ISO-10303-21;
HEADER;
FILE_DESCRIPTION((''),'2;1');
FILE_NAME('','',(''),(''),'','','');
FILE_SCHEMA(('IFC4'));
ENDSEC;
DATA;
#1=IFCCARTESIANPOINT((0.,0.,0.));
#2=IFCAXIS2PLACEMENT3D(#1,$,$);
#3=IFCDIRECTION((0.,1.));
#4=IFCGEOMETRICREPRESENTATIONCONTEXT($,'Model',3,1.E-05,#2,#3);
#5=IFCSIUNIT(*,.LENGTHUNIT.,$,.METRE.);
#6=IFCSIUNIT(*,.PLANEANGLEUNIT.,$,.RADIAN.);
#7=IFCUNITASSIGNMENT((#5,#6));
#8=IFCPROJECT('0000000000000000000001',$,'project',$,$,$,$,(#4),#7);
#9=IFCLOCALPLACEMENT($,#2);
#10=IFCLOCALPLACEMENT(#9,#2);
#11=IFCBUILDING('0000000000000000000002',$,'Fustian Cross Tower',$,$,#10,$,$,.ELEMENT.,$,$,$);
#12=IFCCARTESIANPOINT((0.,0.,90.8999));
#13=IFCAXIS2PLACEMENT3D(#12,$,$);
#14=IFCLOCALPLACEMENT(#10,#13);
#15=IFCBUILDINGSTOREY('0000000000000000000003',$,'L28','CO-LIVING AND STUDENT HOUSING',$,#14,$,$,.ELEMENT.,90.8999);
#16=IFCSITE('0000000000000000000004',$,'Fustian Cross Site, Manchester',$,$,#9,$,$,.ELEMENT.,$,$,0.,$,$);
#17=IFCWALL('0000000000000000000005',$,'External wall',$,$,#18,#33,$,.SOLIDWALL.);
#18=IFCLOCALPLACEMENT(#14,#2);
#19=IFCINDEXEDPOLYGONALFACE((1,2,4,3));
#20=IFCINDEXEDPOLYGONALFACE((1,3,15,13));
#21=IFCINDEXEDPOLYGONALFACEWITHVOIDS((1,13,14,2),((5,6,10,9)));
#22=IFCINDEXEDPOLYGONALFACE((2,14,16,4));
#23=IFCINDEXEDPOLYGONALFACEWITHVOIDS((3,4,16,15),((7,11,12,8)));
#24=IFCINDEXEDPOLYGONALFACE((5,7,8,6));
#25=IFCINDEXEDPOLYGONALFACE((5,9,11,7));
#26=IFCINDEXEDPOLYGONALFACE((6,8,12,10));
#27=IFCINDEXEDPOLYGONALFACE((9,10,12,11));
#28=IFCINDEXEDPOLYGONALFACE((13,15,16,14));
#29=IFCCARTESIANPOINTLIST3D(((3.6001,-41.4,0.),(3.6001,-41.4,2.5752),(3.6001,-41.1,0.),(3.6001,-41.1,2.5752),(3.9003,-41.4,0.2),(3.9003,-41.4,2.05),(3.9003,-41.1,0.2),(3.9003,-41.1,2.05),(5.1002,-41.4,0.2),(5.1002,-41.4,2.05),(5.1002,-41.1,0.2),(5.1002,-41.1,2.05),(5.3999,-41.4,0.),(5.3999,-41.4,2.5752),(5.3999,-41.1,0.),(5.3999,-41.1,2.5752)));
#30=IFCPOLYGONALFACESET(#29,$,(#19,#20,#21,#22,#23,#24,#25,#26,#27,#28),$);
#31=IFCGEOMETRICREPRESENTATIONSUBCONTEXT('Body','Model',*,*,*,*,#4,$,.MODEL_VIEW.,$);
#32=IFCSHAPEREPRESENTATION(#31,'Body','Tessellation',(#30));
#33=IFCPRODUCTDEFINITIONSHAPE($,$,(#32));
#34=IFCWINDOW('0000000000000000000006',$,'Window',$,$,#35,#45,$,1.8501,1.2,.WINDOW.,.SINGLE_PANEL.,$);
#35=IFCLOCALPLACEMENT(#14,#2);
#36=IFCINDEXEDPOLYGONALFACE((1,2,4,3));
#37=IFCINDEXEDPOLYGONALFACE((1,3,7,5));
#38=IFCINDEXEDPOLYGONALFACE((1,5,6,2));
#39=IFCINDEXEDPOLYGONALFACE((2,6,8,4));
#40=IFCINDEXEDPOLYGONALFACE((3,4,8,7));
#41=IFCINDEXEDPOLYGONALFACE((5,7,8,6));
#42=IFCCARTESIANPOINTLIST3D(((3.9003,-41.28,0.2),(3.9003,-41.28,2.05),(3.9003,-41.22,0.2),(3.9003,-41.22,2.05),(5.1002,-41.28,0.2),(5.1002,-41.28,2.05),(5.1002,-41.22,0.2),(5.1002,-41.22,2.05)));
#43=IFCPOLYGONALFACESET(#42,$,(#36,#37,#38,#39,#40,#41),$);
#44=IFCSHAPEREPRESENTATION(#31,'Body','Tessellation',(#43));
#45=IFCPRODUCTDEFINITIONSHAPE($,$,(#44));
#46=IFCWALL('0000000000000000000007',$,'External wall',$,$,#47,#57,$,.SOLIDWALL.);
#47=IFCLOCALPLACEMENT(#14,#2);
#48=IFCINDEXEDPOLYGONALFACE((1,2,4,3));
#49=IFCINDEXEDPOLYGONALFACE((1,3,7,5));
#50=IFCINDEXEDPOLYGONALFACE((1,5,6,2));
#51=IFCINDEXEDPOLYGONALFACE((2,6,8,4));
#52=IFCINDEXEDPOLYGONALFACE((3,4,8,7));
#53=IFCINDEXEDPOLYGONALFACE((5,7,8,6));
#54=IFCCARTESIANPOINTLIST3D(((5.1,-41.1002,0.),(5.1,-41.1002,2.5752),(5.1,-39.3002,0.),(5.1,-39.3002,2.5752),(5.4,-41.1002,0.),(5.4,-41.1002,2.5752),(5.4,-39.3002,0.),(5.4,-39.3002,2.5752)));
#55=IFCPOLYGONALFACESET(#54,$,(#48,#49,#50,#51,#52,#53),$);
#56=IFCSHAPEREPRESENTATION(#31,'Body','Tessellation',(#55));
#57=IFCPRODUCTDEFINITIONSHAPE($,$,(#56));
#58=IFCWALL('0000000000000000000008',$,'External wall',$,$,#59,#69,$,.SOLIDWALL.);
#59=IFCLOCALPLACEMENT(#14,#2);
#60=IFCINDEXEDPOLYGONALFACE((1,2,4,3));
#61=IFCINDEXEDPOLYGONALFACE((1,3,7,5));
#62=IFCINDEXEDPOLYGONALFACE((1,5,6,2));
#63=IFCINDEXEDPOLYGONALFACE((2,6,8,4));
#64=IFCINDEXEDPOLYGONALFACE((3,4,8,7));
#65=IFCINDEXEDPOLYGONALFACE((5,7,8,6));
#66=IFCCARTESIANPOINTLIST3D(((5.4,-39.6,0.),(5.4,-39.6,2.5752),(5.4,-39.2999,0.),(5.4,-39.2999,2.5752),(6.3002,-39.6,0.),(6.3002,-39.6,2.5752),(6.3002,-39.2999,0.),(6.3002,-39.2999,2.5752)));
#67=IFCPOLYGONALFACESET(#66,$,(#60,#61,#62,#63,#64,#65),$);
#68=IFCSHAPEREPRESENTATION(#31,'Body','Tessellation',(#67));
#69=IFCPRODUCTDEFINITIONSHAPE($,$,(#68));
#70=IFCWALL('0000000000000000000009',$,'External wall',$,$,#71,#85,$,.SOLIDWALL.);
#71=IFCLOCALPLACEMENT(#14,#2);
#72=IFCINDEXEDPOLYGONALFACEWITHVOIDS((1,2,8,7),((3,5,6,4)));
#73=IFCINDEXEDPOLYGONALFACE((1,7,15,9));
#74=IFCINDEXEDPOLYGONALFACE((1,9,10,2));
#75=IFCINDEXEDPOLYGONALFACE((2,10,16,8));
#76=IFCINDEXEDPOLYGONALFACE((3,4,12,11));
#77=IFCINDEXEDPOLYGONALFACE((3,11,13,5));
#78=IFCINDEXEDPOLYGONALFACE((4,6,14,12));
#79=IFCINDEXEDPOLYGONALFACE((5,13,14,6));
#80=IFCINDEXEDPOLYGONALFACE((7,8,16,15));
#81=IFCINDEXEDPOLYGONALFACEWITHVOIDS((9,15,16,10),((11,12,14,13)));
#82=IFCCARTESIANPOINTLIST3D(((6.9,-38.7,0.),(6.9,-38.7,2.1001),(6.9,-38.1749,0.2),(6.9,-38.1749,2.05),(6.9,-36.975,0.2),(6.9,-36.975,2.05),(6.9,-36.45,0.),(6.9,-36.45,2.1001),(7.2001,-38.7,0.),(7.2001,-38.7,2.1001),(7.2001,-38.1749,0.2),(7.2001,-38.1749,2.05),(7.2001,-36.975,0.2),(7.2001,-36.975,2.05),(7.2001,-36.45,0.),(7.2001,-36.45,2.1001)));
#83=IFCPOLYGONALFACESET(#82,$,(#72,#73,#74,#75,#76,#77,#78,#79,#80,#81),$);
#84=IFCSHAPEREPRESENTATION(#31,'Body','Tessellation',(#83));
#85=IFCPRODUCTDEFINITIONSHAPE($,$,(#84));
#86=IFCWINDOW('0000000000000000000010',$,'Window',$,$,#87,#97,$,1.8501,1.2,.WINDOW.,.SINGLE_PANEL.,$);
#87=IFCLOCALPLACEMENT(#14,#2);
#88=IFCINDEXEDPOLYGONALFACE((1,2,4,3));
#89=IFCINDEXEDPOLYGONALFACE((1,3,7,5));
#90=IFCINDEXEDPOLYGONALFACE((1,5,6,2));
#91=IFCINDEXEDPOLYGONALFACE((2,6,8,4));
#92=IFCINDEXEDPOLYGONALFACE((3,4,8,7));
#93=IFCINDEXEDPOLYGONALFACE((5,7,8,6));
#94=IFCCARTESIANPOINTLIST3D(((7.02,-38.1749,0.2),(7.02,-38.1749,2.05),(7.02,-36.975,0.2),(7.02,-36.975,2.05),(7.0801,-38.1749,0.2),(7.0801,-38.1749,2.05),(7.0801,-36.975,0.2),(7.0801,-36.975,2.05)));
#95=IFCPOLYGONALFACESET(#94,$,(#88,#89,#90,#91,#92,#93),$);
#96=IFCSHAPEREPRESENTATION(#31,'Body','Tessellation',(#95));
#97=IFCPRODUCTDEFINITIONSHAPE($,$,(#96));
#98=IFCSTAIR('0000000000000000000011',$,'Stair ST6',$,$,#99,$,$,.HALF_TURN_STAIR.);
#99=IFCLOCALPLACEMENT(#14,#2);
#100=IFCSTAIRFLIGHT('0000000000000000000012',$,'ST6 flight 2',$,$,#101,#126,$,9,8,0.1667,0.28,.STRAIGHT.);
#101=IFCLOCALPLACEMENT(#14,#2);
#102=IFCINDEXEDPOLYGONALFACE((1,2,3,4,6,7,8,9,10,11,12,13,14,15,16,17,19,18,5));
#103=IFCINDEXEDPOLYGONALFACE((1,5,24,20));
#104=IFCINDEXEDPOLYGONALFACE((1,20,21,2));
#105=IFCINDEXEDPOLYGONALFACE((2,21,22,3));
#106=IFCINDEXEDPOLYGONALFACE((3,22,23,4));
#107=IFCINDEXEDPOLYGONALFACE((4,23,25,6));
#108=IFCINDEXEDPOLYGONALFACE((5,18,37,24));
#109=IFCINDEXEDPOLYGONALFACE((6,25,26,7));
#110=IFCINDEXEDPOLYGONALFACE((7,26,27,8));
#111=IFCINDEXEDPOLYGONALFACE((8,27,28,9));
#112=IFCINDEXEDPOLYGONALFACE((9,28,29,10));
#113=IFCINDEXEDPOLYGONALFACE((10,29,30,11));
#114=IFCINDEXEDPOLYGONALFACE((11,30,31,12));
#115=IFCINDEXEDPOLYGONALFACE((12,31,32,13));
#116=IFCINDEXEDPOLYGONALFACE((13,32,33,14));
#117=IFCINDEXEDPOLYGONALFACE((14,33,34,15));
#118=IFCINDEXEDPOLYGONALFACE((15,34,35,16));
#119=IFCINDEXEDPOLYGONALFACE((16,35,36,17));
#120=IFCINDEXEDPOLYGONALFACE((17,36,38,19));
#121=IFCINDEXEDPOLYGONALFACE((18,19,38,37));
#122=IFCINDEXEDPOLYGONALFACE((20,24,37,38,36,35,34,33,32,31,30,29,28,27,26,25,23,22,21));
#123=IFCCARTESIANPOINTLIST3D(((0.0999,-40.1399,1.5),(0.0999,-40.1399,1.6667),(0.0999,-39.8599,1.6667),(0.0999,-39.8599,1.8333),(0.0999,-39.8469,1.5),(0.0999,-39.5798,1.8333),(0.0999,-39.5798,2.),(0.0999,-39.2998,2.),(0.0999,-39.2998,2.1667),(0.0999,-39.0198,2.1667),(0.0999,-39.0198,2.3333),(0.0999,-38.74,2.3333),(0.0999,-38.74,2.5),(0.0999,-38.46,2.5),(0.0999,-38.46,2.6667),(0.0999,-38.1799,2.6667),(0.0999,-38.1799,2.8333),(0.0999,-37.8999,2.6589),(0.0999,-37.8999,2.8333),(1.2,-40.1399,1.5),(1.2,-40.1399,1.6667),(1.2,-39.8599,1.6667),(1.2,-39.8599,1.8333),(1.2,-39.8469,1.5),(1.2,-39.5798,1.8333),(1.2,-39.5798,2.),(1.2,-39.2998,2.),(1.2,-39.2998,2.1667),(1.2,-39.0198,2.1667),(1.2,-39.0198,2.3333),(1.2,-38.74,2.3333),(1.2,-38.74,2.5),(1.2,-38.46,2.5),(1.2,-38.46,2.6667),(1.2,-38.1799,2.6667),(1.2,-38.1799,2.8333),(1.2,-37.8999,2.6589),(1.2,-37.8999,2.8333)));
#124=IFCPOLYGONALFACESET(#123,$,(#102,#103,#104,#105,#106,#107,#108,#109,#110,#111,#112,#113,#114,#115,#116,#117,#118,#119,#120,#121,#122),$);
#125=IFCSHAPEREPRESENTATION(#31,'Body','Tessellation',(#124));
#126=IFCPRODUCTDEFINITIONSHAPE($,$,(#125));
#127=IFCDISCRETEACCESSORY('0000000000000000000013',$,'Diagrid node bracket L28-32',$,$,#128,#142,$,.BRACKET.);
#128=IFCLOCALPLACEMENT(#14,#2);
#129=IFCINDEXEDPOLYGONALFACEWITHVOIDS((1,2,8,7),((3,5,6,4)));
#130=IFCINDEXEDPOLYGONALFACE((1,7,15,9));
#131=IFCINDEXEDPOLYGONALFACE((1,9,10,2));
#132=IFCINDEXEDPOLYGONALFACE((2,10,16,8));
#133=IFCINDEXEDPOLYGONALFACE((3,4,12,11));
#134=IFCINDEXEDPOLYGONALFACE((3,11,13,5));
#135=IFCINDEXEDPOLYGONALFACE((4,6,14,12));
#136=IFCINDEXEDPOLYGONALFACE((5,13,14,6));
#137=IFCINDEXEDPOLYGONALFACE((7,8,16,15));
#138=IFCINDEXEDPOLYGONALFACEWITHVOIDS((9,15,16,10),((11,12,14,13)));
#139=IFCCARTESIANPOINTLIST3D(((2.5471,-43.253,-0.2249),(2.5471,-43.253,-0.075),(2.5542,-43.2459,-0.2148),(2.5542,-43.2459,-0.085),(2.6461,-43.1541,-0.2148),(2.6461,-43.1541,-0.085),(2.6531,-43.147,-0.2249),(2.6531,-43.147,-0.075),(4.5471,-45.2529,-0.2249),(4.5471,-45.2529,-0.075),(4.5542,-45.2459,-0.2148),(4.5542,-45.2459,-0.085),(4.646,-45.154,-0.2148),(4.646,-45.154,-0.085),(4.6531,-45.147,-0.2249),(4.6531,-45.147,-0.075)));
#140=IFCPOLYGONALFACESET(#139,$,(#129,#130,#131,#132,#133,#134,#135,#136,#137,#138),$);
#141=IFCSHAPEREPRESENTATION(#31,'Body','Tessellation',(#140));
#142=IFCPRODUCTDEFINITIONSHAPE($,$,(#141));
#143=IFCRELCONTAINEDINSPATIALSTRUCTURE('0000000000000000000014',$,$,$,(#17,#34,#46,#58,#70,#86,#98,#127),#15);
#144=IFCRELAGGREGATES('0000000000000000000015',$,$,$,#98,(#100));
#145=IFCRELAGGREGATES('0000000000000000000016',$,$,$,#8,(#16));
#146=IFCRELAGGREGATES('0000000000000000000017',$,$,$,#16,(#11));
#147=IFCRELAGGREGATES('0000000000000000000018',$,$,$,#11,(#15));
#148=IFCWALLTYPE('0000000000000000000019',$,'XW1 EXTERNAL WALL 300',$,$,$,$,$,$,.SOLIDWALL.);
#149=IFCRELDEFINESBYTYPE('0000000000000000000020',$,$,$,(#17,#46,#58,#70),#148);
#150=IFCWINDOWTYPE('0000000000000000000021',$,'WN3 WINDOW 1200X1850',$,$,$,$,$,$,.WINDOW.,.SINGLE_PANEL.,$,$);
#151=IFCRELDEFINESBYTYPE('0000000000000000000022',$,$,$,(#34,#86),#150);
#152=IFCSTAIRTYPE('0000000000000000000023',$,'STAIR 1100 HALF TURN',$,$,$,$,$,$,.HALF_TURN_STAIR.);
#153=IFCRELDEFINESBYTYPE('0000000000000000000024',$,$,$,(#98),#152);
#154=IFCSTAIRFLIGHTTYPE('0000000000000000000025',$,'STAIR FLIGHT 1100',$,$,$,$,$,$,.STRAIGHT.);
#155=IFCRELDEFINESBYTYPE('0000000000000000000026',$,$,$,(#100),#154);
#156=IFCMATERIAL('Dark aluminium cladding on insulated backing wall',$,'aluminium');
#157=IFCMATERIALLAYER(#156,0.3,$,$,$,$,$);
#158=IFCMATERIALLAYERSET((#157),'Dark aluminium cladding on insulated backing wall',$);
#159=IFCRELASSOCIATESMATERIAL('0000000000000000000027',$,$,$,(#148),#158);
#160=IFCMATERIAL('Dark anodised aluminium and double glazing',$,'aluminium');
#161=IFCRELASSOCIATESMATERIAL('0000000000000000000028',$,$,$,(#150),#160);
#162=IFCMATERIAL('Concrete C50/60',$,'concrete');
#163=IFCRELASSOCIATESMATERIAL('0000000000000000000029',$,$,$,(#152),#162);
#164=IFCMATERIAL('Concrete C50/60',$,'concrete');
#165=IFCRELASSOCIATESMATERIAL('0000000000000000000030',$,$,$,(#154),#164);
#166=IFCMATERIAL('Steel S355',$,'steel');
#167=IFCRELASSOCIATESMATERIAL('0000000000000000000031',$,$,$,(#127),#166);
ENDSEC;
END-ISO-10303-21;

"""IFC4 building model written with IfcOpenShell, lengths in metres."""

from ifc_helpers import new_model, si_unit, direction, frame, frame_2d, origin, origin_2d, place, context, subcontext, project, spatial, polyline, rectangle, hollow_rectangle, outline, extrude, material, layer, layer_set, type_object, element, fill, aggregate, save


model = new_model("IFC4")

# Units and contexts
model_context = context("Model", 3, precision=1e-05, world=origin(), true_north=direction((0.0, 1.0)))
body_context = subcontext(model_context, "Body", "Model", "MODEL_VIEW")
ifc_project = project(units=[si_unit("LENGTHUNIT", "METRE"), si_unit("PLANEANGLEUNIT", "RADIAN")], contexts=[model_context])

# Site, building, storey
site_placement = place(None, origin())
site = spatial("IfcSite", under=ifc_project, at=site_placement, Name="Fustian Cross Site, Manchester", CompositionType="ELEMENT", RefElevation=0.0)
building_placement = place(site_placement, origin())
building = spatial("IfcBuilding", under=site, at=building_placement, Name="Fustian Cross Tower", CompositionType="ELEMENT")
storey_placement = place(building_placement, frame((0.0, 0.0, 90.8999)))
storey = spatial("IfcBuildingStorey", under=building, at=storey_placement, Name="L28", Description="CO-LIVING AND STUDENT HOUSING", CompositionType="ELEMENT", Elevation=90.8999)

# Shared definitions
ifc_material_1 = material(Name="Dark aluminium cladding on insulated backing wall", Category="aluminium")
ifc_layer_1 = layer(ifc_material_1, 0.3)
ifc_layer_set_1 = layer_set([ifc_layer_1], Name="Dark aluminium cladding on insulated backing wall")
wall_type_1 = type_object("IfcWallType", Name="XW1 EXTERNAL WALL 300", PredefinedType="SOLIDWALL", material=ifc_layer_set_1)

# Wall, opening, window
wall_1_placement = place(storey_placement, frame((3.6001, -41.25, 0.0), z_axis=(0.0, 0.0, 1.0), x_axis=(1.0, 0.0, 0.0)))
wall_1 = element("IfcWall", 1, at=wall_1_placement, inside=storey, type_object=wall_type_1, Name="External wall", PredefinedType="SOLIDWALL", context=body_context, shape_type="SweptSolid", body=[
    extrude(rectangle(XDim=1.7998, YDim=0.3, at=frame_2d((0.8999, 0.0))), origin(), (0.0, 0.0, 1.0), 2.5752),
])
opening_1_placement = place(wall_1_placement, frame((0.3, 0.0, 0.2)))
opening_1 = element("IfcOpeningElement", 2, at=opening_1_placement, cuts=wall_1, PredefinedType="OPENING", context=body_context, shape_type="SweptSolid", body=[
    extrude(rectangle(XDim=1.2, YDim=1.8501, at=frame_2d((0.6001, 0.925))), frame((0.0, 0.1599, 0.0), z_axis=(0.0, -1.0, 0.0), x_axis=(1.0, 0.0, 0.0)), (0.0, 0.0, 1.0), 0.3201),
])
ifc_material_2 = material(Name="Dark anodised aluminium and double glazing", Category="aluminium")
window_type = type_object("IfcWindowType", Name="WN3 WINDOW 1200X1850", PartitioningType="SINGLE_PANEL", PredefinedType="WINDOW", material=ifc_material_2)
window_1_placement = place(opening_1_placement, origin())
window_1 = element("IfcWindow", 3, at=window_1_placement, inside=storey, type_object=window_type, Name="Window", OverallHeight=1.8501, OverallWidth=1.2, PartitioningType="SINGLE_PANEL", PredefinedType="WINDOW", context=body_context, shape_type="SweptSolid", body=[
    extrude(rectangle(XDim=1.2, YDim=1.8501, at=frame_2d((0.6001, 0.925))), frame((0.0, 0.03, 0.0), z_axis=(0.0, -1.0, 0.0), x_axis=(1.0, 0.0, 0.0)), (0.0, 0.0, 1.0), 0.0601),
])
fill(opening_1, window_1)

# Walls
wall_2_placement = place(storey_placement, frame((5.25, -41.1001, 0.0), z_axis=(0.0, 0.0, 1.0), x_axis=(0.0, 1.0, 0.0)))
element("IfcWall", 4, at=wall_2_placement, inside=storey, type_object=wall_type_1, Name="External wall", PredefinedType="SOLIDWALL", context=body_context, shape_type="SweptSolid", body=[
    extrude(rectangle(XDim=1.8, YDim=0.3, at=frame_2d((0.8999, 0.0))), origin(), (0.0, 0.0, 1.0), 2.5752),
])
wall_3_placement = place(storey_placement, frame((5.3999, -39.45, 0.0), z_axis=(0.0, 0.0, 1.0), x_axis=(1.0, 0.0, 0.0)))
element("IfcWall", 5, at=wall_3_placement, inside=storey, type_object=wall_type_1, Name="External wall", PredefinedType="SOLIDWALL", context=body_context, shape_type="SweptSolid", body=[
    extrude(rectangle(XDim=0.9001, YDim=0.3, at=frame_2d((0.4502, 0.0))), origin(), (0.0, 0.0, 1.0), 2.5752),
])

# Wall, opening, window
wall_4_placement = place(storey_placement, frame((7.05, -38.7, 0.0), z_axis=(0.0, 0.0, 1.0), x_axis=(0.0, 1.0, 0.0)))
wall_4 = element("IfcWall", 6, at=wall_4_placement, inside=storey, type_object=wall_type_1, Name="External wall", PredefinedType="SOLIDWALL", context=body_context, shape_type="SweptSolid", body=[
    extrude(rectangle(XDim=2.25, YDim=0.3, at=frame_2d((1.125, 0.0))), origin(), (0.0, 0.0, 1.0), 2.1001),
])
opening_2_placement = place(wall_4_placement, frame((0.5249, 0.0, 0.2)))
opening_2 = element("IfcOpeningElement", 7, at=opening_2_placement, cuts=wall_4, PredefinedType="OPENING", context=body_context, shape_type="SweptSolid", body=[
    extrude(rectangle(XDim=1.2, YDim=1.8501, at=frame_2d((0.6001, 0.925))), frame((0.0, 0.1599, 0.0), z_axis=(0.0, -1.0, 0.0), x_axis=(1.0, 0.0, 0.0)), (0.0, 0.0, 1.0), 0.3201),
])
window_2_placement = place(opening_2_placement, origin())
window_2 = element("IfcWindow", 8, at=window_2_placement, inside=storey, type_object=window_type, Name="Window", OverallHeight=1.8501, OverallWidth=1.2, PartitioningType="SINGLE_PANEL", PredefinedType="WINDOW", context=body_context, shape_type="SweptSolid", body=[
    extrude(rectangle(XDim=1.2, YDim=1.8501, at=frame_2d((0.6001, 0.925))), frame((0.0, 0.03, 0.0), z_axis=(0.0, -1.0, 0.0), x_axis=(1.0, 0.0, 0.0)), (0.0, 0.0, 1.0), 0.0601),
])
fill(opening_2, window_2)

# Stair, stair flight
ifc_material_3 = material(Name="Concrete C50/60", Category="concrete")
stair_type = type_object("IfcStairType", Name="STAIR 1100 HALF TURN", PredefinedType="HALF_TURN_STAIR", material=ifc_material_3)
stair_placement = place(storey_placement, origin())
stair = element("IfcStair", 9, at=stair_placement, inside=storey, type_object=stair_type, Name="Stair ST6", PredefinedType="HALF_TURN_STAIR")
ifc_material_4 = material(Name="Concrete C50/60", Category="concrete")
stair_flight_type = type_object("IfcStairFlightType", Name="STAIR FLIGHT 1100", PredefinedType="STRAIGHT", material=ifc_material_4)
stair_flight_placement = place(storey_placement, frame((0.6499, -40.1399, 1.5), z_axis=(0.0, 0.0, 1.0), x_axis=(0.0, 1.0, 0.0)))
stair_flight = element("IfcStairFlight", 10, at=stair_flight_placement, type_object=stair_flight_type, Name="ST6 flight 2", NumberOfRisers=9, NumberOfTreads=8, PredefinedType="STRAIGHT", RiserHeight=0.1667, TreadLength=0.28, context=body_context, shape_type="SweptSolid", body=[
    extrude(outline(polyline([(0.0, 0.0), (0.0, 0.1667), (0.28, 0.1667), (0.28, 0.3333), (0.5601, 0.3333), (0.5601, 0.5), (0.8401, 0.5), (0.8401, 0.6667), (1.1201, 0.6667), (1.1201, 0.8333), (1.3999, 0.8333), (1.3999, 1.0), (1.6799, 1.0), (1.6799, 1.1667), (1.96, 1.1667), (1.96, 1.3333), (2.24, 1.3333), (2.24, 1.5), (2.24, 1.1589), (0.293, 0.0), (0.0, 0.0)])), frame((0.0, 0.55, 0.0), z_axis=(0.0, -1.0, 0.0), x_axis=(1.0, 0.0, 0.0)), (0.0, 0.0, 1.0), 1.1001),
])
aggregate(stair, [stair_flight])

# Discrete accessory
ifc_material_5 = material(Name="Steel S355", Category="steel")
discrete_accessory_placement = place(storey_placement, frame((4.6001, -45.2, -0.1499), z_axis=(-0.707107, 0.707107, 0.0), x_axis=(-0.707107, -0.707107, 0.0)))
element("IfcDiscreteAccessory", 11, at=discrete_accessory_placement, inside=storey, material=ifc_material_5, Name="Diagrid node bracket L28-32", PredefinedType="BRACKET", context=body_context, shape_type="SweptSolid", body=[
    extrude(hollow_rectangle(XDim=0.1499, YDim=0.1499, WallThickness=0.01, at=origin_2d()), origin(), (0.0, 0.0, 1.0), 2.8284),
])

save(model, "model.ifc")
